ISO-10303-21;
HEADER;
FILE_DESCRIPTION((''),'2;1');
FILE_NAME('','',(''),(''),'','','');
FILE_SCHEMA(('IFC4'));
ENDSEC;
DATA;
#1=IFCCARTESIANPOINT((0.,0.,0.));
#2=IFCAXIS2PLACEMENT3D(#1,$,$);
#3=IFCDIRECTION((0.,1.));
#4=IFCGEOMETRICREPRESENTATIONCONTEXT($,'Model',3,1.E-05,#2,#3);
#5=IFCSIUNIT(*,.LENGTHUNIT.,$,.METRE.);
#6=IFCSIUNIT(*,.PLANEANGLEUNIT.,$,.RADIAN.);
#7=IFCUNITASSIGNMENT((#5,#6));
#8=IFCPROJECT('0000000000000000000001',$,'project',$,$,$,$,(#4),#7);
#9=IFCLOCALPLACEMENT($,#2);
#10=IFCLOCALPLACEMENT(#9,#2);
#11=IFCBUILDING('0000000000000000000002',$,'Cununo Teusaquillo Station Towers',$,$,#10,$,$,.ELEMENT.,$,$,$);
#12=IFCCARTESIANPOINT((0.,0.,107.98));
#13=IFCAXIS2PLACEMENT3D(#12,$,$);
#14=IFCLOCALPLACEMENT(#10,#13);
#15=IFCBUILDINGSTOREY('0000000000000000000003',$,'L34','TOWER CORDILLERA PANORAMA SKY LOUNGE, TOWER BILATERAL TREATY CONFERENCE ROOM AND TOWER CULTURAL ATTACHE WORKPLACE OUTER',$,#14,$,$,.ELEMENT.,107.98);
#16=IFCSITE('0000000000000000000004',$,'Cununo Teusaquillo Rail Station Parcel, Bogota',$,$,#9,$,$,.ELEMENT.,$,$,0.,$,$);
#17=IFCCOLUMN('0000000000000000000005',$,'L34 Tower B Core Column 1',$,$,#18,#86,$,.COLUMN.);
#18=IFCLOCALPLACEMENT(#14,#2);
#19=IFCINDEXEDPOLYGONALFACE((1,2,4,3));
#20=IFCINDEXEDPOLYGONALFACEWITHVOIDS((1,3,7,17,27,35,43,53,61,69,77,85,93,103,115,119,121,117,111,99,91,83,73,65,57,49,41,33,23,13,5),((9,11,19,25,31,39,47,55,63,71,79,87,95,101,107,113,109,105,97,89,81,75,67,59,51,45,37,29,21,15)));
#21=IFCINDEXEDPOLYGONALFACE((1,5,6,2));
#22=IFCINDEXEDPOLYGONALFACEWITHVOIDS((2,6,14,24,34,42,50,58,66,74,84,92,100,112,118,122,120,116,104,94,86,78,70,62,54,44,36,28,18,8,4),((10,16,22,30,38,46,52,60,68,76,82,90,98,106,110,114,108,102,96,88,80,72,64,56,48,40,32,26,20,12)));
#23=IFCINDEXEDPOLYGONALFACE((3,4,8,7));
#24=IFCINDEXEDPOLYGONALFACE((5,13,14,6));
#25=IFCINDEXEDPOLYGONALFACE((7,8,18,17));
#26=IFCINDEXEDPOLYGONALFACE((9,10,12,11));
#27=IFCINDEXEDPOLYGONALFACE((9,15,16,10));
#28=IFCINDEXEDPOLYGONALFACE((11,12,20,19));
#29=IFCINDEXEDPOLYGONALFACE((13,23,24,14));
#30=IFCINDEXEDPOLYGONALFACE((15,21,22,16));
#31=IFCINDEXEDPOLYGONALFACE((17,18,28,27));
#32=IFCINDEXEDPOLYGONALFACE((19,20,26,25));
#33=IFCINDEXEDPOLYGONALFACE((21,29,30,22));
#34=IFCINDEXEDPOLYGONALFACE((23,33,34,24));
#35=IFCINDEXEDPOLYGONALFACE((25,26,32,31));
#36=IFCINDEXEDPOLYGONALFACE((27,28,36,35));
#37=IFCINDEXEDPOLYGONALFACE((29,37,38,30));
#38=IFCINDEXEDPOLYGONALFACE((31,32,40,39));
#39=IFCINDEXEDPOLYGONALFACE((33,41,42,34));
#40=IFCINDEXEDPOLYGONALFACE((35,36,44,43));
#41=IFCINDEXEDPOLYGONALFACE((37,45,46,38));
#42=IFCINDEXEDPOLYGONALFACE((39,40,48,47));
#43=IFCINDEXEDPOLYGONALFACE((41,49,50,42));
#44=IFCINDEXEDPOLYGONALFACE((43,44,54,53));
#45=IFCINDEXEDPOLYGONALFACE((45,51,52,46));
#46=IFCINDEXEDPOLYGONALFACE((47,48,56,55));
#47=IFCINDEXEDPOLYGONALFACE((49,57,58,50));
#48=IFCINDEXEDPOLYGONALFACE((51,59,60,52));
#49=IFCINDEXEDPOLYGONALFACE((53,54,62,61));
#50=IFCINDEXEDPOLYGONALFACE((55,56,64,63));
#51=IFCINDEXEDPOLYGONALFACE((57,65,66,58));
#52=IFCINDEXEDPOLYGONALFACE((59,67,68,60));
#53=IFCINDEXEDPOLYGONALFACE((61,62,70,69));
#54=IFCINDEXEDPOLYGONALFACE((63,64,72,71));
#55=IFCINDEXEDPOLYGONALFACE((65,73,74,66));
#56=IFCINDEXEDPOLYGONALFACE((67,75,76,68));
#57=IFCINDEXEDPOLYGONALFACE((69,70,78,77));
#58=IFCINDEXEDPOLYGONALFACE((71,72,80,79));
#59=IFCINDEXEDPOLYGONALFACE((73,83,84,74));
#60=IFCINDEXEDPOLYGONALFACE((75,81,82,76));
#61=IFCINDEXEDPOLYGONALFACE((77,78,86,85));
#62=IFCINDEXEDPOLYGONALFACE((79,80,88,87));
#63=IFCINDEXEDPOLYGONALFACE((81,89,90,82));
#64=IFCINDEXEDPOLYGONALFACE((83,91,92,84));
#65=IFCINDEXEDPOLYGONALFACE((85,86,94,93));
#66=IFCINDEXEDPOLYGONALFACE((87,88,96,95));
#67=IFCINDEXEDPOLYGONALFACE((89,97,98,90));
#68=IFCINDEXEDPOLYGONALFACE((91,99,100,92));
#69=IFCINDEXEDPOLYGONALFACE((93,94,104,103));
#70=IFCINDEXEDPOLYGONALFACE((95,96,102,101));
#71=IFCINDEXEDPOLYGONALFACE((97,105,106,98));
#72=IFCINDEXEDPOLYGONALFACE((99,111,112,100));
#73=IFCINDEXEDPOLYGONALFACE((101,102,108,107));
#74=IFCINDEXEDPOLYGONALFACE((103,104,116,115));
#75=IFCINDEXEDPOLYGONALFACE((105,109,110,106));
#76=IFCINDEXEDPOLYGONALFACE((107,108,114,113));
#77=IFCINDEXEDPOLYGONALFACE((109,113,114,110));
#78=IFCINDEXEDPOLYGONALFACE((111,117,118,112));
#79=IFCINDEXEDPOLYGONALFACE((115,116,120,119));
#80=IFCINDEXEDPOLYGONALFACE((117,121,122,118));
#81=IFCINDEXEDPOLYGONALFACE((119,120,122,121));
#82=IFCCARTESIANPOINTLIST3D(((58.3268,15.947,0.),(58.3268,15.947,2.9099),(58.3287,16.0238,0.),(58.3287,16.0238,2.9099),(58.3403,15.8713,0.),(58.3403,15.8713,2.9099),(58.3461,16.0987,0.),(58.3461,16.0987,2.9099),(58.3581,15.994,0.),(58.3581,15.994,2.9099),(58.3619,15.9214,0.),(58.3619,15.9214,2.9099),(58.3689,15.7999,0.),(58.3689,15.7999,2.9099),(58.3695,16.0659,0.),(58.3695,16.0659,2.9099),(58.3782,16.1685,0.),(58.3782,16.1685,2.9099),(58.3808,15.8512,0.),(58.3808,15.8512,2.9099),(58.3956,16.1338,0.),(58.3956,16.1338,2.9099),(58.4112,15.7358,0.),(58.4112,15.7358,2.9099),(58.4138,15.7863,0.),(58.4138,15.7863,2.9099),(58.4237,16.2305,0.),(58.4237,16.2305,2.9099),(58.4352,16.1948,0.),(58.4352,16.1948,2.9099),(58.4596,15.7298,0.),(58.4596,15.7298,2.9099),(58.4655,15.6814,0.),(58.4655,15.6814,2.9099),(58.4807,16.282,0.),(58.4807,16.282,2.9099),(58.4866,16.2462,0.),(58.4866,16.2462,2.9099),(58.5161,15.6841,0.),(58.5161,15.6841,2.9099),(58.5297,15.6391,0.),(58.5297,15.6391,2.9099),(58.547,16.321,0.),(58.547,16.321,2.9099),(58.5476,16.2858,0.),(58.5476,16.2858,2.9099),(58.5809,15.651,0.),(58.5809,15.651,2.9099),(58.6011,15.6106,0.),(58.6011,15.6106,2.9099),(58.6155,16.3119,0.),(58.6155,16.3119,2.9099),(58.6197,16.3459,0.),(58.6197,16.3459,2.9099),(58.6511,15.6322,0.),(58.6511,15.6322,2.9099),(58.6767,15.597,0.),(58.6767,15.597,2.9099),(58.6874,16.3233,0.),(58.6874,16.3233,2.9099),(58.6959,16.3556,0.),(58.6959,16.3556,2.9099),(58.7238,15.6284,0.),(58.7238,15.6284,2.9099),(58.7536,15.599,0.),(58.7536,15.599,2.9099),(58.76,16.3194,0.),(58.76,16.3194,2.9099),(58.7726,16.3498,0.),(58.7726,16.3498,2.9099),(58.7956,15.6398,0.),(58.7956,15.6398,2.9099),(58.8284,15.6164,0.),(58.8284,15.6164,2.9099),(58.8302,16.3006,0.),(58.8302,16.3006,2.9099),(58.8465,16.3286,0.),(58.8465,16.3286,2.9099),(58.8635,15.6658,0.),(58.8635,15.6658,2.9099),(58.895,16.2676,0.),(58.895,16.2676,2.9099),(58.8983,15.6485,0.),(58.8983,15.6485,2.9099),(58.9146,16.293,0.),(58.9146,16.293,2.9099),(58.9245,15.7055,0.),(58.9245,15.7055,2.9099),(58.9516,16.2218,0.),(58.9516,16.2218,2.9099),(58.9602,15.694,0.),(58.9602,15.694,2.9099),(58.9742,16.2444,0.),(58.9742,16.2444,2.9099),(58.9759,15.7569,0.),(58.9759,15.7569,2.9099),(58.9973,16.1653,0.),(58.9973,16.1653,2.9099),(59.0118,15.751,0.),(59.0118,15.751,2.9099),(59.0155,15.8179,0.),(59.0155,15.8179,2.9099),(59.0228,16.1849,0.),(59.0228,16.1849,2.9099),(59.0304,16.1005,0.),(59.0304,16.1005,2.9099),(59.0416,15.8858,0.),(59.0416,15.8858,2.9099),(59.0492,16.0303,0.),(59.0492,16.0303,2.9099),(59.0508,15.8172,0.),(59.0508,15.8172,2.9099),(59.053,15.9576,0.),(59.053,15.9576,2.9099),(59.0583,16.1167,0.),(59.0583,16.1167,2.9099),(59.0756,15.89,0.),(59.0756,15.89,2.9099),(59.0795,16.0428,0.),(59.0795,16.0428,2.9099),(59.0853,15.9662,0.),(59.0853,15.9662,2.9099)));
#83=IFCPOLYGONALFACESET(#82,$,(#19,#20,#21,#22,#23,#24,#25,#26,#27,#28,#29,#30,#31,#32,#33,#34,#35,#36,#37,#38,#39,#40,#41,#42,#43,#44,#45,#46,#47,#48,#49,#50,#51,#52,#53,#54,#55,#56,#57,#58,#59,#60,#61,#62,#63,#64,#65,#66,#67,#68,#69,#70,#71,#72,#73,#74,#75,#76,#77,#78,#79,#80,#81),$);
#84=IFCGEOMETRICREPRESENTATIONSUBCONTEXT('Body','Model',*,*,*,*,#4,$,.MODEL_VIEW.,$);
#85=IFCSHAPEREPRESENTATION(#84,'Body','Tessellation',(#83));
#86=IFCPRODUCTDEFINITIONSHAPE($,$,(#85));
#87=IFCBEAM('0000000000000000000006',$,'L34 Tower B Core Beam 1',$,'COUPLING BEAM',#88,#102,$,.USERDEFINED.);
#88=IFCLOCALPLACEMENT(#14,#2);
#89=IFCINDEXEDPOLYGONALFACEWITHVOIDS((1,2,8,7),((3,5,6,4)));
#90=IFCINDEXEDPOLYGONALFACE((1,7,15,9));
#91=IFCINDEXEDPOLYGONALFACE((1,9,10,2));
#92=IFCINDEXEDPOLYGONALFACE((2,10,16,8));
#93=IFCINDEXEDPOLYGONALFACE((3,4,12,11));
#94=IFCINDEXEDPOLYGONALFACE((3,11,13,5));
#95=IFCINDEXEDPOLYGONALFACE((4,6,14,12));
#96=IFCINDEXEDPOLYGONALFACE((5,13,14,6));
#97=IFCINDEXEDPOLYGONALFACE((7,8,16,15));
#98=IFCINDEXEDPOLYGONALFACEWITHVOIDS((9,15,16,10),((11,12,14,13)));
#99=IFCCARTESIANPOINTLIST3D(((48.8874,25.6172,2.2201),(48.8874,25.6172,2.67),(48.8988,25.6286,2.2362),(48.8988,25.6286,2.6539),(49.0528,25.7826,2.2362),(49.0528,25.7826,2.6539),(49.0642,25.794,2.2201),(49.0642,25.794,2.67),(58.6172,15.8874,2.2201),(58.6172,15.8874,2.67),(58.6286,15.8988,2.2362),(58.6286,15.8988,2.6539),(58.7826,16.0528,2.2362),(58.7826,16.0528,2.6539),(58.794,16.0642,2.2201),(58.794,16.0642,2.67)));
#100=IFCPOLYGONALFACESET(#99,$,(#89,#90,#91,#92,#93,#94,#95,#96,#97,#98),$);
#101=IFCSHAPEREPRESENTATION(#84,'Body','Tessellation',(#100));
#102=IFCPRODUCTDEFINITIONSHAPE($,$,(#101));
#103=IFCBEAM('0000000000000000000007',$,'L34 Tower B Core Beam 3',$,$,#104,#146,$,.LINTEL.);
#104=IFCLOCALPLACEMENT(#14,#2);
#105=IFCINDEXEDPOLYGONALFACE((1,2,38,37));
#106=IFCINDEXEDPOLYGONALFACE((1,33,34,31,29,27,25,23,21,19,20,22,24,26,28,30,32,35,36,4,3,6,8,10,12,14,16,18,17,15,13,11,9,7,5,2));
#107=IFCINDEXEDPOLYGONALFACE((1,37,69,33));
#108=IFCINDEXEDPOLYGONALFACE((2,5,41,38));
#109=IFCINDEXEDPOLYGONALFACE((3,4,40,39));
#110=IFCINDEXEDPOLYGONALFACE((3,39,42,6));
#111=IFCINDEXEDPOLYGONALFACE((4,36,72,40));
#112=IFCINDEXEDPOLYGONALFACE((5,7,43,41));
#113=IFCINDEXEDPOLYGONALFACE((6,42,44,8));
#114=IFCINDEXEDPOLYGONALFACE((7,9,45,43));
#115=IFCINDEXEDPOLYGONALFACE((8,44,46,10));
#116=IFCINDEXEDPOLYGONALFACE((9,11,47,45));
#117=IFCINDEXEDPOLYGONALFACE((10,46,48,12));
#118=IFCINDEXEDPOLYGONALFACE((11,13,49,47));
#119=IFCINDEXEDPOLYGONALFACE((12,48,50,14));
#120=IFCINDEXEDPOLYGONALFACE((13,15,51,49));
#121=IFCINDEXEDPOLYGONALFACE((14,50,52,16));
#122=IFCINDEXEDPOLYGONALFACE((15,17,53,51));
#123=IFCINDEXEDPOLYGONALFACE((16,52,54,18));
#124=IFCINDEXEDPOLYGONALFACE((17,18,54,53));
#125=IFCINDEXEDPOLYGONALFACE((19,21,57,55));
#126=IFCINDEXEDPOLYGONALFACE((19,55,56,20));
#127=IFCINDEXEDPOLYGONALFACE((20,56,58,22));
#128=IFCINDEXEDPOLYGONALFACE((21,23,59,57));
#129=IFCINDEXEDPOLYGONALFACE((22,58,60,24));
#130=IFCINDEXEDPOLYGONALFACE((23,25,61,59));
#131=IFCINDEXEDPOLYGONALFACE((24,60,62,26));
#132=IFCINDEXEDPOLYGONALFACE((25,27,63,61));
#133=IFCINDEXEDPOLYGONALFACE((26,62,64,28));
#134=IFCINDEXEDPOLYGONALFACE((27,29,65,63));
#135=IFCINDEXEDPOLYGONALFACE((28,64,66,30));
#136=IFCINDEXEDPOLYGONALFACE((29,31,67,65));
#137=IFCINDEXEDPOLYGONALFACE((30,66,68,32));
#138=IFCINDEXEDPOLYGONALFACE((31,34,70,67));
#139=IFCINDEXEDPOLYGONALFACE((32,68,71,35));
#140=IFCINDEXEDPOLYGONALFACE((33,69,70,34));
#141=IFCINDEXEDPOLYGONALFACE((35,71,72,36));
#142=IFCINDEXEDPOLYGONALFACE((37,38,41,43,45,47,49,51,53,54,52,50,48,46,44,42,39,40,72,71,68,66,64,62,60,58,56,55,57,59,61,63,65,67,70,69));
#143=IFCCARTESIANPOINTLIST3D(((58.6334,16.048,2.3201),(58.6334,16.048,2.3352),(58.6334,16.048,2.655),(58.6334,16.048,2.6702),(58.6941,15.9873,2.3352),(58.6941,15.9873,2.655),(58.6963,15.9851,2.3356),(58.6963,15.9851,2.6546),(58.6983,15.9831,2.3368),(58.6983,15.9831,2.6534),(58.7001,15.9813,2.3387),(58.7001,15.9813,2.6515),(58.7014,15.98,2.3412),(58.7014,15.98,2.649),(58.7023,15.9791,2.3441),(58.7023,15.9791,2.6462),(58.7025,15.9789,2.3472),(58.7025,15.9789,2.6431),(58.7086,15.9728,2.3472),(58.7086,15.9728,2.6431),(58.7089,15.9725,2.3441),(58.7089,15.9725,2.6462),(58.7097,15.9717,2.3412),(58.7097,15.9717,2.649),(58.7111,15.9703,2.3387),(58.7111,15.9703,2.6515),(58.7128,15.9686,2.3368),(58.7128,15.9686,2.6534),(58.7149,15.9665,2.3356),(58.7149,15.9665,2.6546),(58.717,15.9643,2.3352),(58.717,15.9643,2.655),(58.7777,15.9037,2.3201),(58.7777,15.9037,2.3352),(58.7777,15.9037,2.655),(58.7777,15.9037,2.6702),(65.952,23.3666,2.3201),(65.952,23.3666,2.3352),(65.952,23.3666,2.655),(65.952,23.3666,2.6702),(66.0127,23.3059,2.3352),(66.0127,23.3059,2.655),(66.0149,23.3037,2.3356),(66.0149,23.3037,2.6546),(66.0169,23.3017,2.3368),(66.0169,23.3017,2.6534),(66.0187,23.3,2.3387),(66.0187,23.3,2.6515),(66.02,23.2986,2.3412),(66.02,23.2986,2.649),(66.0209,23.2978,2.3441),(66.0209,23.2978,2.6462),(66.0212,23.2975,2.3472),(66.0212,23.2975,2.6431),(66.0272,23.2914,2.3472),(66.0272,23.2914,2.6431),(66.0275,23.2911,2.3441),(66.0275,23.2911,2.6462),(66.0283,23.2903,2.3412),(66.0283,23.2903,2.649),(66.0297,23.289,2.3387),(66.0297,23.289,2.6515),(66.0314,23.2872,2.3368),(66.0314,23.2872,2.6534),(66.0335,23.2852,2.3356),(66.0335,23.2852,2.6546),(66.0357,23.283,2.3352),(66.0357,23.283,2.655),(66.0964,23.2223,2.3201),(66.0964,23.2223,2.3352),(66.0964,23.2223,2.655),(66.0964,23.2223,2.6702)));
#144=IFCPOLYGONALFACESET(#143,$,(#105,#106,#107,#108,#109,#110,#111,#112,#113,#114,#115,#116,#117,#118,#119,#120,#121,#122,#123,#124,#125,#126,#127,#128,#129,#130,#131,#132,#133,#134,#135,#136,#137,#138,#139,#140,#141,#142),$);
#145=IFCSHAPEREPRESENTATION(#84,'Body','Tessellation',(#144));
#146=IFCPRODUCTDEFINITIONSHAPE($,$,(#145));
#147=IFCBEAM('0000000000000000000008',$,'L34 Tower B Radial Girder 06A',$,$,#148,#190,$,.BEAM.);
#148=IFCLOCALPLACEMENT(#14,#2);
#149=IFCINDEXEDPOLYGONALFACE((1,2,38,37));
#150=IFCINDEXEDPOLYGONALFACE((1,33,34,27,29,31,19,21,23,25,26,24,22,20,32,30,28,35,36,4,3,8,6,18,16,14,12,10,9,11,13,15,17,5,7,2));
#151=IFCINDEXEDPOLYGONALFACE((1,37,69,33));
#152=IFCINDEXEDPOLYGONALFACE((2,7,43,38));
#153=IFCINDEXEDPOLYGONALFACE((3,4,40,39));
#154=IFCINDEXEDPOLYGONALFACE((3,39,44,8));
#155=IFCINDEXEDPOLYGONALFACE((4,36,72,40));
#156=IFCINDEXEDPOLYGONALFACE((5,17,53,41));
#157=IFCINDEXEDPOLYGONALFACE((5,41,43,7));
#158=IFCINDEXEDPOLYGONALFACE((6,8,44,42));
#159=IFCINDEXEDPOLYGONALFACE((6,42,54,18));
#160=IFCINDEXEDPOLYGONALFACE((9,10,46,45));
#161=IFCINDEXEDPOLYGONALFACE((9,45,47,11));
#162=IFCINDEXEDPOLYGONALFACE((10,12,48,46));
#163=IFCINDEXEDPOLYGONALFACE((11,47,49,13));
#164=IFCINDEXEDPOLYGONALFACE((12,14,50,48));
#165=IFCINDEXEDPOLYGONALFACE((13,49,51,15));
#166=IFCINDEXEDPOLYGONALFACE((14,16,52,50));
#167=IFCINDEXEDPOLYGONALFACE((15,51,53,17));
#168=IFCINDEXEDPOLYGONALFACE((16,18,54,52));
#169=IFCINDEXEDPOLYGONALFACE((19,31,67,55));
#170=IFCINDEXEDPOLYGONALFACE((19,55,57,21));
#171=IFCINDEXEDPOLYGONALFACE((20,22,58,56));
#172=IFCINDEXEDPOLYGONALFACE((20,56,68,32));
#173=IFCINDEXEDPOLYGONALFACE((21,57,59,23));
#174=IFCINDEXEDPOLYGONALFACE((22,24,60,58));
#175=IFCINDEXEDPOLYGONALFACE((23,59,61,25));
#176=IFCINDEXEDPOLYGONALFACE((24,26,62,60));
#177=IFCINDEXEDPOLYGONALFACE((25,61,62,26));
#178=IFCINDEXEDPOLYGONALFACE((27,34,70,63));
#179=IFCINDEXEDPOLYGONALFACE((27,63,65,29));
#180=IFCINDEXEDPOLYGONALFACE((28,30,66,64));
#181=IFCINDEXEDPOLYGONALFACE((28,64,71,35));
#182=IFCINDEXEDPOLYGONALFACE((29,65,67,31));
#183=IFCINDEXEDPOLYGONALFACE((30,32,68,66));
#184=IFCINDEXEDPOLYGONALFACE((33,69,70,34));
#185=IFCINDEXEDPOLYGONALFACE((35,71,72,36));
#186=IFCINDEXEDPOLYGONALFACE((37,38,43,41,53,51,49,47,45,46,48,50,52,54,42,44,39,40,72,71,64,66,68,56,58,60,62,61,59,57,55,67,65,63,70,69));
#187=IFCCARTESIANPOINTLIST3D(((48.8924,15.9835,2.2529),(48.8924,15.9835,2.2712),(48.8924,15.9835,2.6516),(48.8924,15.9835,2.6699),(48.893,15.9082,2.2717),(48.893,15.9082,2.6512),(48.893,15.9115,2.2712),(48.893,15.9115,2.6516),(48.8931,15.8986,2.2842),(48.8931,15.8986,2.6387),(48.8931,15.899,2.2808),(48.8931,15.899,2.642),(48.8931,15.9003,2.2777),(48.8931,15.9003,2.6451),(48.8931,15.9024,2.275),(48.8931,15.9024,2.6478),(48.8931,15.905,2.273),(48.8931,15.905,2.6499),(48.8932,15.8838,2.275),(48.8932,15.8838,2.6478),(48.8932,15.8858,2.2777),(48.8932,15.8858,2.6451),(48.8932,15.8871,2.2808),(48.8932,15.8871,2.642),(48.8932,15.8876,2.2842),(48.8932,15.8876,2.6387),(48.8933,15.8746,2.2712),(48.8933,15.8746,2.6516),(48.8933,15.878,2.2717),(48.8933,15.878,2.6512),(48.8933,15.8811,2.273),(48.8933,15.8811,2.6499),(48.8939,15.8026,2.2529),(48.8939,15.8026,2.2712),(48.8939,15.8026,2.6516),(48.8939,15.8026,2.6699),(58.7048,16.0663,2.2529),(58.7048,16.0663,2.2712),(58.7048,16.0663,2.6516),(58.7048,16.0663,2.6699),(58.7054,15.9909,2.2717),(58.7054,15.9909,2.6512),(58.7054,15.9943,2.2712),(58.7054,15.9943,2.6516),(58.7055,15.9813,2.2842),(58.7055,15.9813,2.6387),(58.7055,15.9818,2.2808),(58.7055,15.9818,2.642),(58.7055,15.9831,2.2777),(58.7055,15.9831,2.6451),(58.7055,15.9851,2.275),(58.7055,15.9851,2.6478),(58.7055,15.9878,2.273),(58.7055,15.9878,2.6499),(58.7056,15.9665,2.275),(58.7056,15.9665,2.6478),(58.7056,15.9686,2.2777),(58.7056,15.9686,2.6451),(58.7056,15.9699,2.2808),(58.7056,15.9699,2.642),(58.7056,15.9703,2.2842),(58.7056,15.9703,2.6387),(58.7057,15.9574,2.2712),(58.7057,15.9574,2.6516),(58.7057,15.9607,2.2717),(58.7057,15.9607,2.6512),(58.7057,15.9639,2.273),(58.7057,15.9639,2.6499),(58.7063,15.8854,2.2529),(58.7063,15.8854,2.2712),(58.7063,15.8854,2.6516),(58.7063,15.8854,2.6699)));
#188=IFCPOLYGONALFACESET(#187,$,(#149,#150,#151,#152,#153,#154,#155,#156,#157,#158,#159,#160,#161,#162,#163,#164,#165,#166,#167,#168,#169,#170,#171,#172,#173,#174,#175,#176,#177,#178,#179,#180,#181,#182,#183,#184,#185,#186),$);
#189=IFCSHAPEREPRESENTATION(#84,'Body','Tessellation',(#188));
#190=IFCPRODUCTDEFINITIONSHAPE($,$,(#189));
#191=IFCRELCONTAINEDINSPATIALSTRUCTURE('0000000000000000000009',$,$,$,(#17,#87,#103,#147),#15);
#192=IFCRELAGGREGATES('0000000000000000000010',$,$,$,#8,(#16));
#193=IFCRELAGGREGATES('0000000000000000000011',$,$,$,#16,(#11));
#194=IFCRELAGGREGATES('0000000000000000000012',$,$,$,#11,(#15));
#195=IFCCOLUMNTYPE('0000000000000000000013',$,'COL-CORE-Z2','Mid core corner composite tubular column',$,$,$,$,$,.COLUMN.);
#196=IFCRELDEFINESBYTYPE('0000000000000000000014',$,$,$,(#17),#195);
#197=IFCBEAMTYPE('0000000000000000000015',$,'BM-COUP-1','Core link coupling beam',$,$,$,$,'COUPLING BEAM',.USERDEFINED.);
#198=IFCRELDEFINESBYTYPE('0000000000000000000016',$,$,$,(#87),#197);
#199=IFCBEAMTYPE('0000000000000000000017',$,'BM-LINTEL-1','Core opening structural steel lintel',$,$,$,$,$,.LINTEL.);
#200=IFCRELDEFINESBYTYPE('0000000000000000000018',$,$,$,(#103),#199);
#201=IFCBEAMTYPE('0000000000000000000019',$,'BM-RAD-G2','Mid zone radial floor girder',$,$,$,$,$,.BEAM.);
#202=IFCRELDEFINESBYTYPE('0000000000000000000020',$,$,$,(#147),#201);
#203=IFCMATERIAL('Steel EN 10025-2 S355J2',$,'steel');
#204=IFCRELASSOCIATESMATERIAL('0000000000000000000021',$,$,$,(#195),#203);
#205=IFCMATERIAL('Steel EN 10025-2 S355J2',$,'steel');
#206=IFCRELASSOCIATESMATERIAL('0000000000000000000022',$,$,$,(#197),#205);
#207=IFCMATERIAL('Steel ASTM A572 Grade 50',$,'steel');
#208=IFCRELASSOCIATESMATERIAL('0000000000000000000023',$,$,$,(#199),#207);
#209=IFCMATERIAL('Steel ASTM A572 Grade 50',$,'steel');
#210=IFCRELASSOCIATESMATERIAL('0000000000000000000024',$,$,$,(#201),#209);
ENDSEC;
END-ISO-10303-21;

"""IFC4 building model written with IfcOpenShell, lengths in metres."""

from ifc_helpers import new_model, si_unit, direction, frame, origin, origin_2d, place, context, subcontext, project, spatial, hollow_rectangle, hollow_circle, i_section, extrude, material, material_profile, profile_set, type_object, element, save


model = new_model("IFC4")

# Units and contexts
model_context = context("Model", 3, precision=1e-05, world=origin(), true_north=direction((0.0, 1.0)))
body_context = subcontext(model_context, "Body", "Model", "MODEL_VIEW")
ifc_project = project(units=[si_unit("LENGTHUNIT", "METRE"), si_unit("PLANEANGLEUNIT", "RADIAN")], contexts=[model_context])

# Site, building, storey
site_placement = place(None, origin())
site = spatial("IfcSite", under=ifc_project, at=site_placement, Name="Cununo Teusaquillo Rail Station Parcel, Bogota", CompositionType="ELEMENT", RefElevation=0.0)
building_placement = place(site_placement, origin())
building = spatial("IfcBuilding", under=site, at=building_placement, Name="Cununo Teusaquillo Station Towers", CompositionType="ELEMENT")
storey_placement = place(building_placement, frame((0.0, 0.0, 107.98)))
storey = spatial("IfcBuildingStorey", under=building, at=storey_placement, Name="L34", Description="TOWER CORDILLERA PANORAMA SKY LOUNGE, TOWER BILATERAL TREATY CONFERENCE ROOM AND TOWER CULTURAL ATTACHE WORKPLACE OUTER", CompositionType="ELEMENT", Elevation=107.98)

# Column
ifc_material_1 = material(Name="Steel EN 10025-2 S355J2", Category="steel")
ifc_material_profile_1 = material_profile(ifc_material_1, hollow_circle(Radius=0.3799, WallThickness=0.032, at=origin_2d()), Name="CHS 760x32")
ifc_profile_set_1 = profile_set([ifc_material_profile_1], Name="Steel EN 10025-2 S355J2")
column_type = type_object("IfcColumnType", Name="COL-CORE-Z2", Description="Mid core corner composite tubular column", PredefinedType="COLUMN", material=ifc_profile_set_1)
column_placement = place(storey_placement, frame((58.7056, 15.9758, 0.0), z_axis=(0.0, 0.0, 1.0), x_axis=(0.707107, 0.707107, 0.0)))
element("IfcColumn", 1, at=column_placement, inside=storey, type_object=column_type, Name="L34 Tower B Core Column 1", PredefinedType="COLUMN", context=body_context, shape_type="SweptSolid", body=[
    extrude(hollow_circle(Radius=0.3799, WallThickness=0.032, at=origin_2d()), origin(), (0.0, 0.0, 1.0), 2.9099),
])

# Beams
ifc_material_2 = material(Name="Steel EN 10025-2 S355J2", Category="steel")
ifc_material_profile_2 = material_profile(ifc_material_2, hollow_rectangle(XDim=0.25, YDim=0.45, WallThickness=0.0161, at=origin_2d()), Name="RHS 450x250x16")
ifc_profile_set_2 = profile_set([ifc_material_profile_2], Name="Steel EN 10025-2 S355J2")
beam_type_1 = type_object("IfcBeamType", Name="BM-COUP-1", Description="Core link coupling beam", ElementType="COUPLING BEAM", PredefinedType="USERDEFINED", material=ifc_profile_set_2)
beam_1_placement = place(storey_placement, frame((58.7056, 15.9758, 2.4451), z_axis=(-0.707107, 0.707107, 0.0), x_axis=(-0.707107, -0.707107, 0.0)))
element("IfcBeam", 2, at=beam_1_placement, inside=storey, type_object=beam_type_1, Name="L34 Tower B Core Beam 1", ObjectType="COUPLING BEAM", PredefinedType="USERDEFINED", context=body_context, shape_type="SweptSolid", body=[
    extrude(hollow_rectangle(XDim=0.25, YDim=0.45, WallThickness=0.0161, at=origin_2d()), origin(), (0.0, 0.0, 1.0), 13.76),
])
ifc_material_3 = material(Name="Steel ASTM A572 Grade 50", Category="steel")
ifc_material_profile_3 = material_profile(ifc_material_3, i_section(OverallWidth=0.2041, OverallDepth=0.3501, WebThickness=0.0085, FlangeThickness=0.0151, FilletRadius=0.012, at=origin_2d()), Name="W14X48")
ifc_profile_set_3 = profile_set([ifc_material_profile_3], Name="Steel ASTM A572 Grade 50")
beam_type_2 = type_object("IfcBeamType", Name="BM-LINTEL-1", Description="Core opening structural steel lintel", PredefinedType="LINTEL", material=ifc_profile_set_3)
beam_2_placement = place(storey_placement, frame((58.7056, 15.9758, 2.4951), z_axis=(0.707107, 0.707107, 0.0), x_axis=(-0.707107, 0.707107, 0.0)))
element("IfcBeam", 3, at=beam_2_placement, inside=storey, type_object=beam_type_2, Name="L34 Tower B Core Beam 3", PredefinedType="LINTEL", context=body_context, shape_type="SweptSolid", body=[
    extrude(i_section(OverallWidth=0.2041, OverallDepth=0.3501, WebThickness=0.0085, FlangeThickness=0.0151, FilletRadius=0.012, at=origin_2d()), origin(), (0.0, 0.0, 1.0), 10.3501),
])
ifc_material_4 = material(Name="Steel ASTM A572 Grade 50", Category="steel")
ifc_material_profile_4 = material_profile(ifc_material_4, i_section(OverallWidth=0.1809, OverallDepth=0.417, WebThickness=0.011, FlangeThickness=0.0183, FilletRadius=0.0129, at=origin_2d()), Name="W16X57")
ifc_profile_set_4 = profile_set([ifc_material_profile_4], Name="Steel ASTM A572 Grade 50")
beam_type_3 = type_object("IfcBeamType", Name="BM-RAD-G2", Description="Mid zone radial floor girder", PredefinedType="BEAM", material=ifc_profile_set_4)
beam_3_placement = place(storey_placement, frame((58.7056, 15.9758, 2.4614), z_axis=(-0.999964, -0.008434, 0.0), x_axis=(0.008434, -0.999964, 0.0)))
element("IfcBeam", 4, at=beam_3_placement, inside=storey, type_object=beam_type_3, Name="L34 Tower B Radial Girder 06A", PredefinedType="BEAM", context=body_context, shape_type="SweptSolid", body=[
    extrude(i_section(OverallWidth=0.1809, OverallDepth=0.417, WebThickness=0.011, FlangeThickness=0.0183, FilletRadius=0.0129, at=origin_2d()), origin(), (0.0, 0.0, 1.0), 9.8127),
])

save(model, "model.ifc")
